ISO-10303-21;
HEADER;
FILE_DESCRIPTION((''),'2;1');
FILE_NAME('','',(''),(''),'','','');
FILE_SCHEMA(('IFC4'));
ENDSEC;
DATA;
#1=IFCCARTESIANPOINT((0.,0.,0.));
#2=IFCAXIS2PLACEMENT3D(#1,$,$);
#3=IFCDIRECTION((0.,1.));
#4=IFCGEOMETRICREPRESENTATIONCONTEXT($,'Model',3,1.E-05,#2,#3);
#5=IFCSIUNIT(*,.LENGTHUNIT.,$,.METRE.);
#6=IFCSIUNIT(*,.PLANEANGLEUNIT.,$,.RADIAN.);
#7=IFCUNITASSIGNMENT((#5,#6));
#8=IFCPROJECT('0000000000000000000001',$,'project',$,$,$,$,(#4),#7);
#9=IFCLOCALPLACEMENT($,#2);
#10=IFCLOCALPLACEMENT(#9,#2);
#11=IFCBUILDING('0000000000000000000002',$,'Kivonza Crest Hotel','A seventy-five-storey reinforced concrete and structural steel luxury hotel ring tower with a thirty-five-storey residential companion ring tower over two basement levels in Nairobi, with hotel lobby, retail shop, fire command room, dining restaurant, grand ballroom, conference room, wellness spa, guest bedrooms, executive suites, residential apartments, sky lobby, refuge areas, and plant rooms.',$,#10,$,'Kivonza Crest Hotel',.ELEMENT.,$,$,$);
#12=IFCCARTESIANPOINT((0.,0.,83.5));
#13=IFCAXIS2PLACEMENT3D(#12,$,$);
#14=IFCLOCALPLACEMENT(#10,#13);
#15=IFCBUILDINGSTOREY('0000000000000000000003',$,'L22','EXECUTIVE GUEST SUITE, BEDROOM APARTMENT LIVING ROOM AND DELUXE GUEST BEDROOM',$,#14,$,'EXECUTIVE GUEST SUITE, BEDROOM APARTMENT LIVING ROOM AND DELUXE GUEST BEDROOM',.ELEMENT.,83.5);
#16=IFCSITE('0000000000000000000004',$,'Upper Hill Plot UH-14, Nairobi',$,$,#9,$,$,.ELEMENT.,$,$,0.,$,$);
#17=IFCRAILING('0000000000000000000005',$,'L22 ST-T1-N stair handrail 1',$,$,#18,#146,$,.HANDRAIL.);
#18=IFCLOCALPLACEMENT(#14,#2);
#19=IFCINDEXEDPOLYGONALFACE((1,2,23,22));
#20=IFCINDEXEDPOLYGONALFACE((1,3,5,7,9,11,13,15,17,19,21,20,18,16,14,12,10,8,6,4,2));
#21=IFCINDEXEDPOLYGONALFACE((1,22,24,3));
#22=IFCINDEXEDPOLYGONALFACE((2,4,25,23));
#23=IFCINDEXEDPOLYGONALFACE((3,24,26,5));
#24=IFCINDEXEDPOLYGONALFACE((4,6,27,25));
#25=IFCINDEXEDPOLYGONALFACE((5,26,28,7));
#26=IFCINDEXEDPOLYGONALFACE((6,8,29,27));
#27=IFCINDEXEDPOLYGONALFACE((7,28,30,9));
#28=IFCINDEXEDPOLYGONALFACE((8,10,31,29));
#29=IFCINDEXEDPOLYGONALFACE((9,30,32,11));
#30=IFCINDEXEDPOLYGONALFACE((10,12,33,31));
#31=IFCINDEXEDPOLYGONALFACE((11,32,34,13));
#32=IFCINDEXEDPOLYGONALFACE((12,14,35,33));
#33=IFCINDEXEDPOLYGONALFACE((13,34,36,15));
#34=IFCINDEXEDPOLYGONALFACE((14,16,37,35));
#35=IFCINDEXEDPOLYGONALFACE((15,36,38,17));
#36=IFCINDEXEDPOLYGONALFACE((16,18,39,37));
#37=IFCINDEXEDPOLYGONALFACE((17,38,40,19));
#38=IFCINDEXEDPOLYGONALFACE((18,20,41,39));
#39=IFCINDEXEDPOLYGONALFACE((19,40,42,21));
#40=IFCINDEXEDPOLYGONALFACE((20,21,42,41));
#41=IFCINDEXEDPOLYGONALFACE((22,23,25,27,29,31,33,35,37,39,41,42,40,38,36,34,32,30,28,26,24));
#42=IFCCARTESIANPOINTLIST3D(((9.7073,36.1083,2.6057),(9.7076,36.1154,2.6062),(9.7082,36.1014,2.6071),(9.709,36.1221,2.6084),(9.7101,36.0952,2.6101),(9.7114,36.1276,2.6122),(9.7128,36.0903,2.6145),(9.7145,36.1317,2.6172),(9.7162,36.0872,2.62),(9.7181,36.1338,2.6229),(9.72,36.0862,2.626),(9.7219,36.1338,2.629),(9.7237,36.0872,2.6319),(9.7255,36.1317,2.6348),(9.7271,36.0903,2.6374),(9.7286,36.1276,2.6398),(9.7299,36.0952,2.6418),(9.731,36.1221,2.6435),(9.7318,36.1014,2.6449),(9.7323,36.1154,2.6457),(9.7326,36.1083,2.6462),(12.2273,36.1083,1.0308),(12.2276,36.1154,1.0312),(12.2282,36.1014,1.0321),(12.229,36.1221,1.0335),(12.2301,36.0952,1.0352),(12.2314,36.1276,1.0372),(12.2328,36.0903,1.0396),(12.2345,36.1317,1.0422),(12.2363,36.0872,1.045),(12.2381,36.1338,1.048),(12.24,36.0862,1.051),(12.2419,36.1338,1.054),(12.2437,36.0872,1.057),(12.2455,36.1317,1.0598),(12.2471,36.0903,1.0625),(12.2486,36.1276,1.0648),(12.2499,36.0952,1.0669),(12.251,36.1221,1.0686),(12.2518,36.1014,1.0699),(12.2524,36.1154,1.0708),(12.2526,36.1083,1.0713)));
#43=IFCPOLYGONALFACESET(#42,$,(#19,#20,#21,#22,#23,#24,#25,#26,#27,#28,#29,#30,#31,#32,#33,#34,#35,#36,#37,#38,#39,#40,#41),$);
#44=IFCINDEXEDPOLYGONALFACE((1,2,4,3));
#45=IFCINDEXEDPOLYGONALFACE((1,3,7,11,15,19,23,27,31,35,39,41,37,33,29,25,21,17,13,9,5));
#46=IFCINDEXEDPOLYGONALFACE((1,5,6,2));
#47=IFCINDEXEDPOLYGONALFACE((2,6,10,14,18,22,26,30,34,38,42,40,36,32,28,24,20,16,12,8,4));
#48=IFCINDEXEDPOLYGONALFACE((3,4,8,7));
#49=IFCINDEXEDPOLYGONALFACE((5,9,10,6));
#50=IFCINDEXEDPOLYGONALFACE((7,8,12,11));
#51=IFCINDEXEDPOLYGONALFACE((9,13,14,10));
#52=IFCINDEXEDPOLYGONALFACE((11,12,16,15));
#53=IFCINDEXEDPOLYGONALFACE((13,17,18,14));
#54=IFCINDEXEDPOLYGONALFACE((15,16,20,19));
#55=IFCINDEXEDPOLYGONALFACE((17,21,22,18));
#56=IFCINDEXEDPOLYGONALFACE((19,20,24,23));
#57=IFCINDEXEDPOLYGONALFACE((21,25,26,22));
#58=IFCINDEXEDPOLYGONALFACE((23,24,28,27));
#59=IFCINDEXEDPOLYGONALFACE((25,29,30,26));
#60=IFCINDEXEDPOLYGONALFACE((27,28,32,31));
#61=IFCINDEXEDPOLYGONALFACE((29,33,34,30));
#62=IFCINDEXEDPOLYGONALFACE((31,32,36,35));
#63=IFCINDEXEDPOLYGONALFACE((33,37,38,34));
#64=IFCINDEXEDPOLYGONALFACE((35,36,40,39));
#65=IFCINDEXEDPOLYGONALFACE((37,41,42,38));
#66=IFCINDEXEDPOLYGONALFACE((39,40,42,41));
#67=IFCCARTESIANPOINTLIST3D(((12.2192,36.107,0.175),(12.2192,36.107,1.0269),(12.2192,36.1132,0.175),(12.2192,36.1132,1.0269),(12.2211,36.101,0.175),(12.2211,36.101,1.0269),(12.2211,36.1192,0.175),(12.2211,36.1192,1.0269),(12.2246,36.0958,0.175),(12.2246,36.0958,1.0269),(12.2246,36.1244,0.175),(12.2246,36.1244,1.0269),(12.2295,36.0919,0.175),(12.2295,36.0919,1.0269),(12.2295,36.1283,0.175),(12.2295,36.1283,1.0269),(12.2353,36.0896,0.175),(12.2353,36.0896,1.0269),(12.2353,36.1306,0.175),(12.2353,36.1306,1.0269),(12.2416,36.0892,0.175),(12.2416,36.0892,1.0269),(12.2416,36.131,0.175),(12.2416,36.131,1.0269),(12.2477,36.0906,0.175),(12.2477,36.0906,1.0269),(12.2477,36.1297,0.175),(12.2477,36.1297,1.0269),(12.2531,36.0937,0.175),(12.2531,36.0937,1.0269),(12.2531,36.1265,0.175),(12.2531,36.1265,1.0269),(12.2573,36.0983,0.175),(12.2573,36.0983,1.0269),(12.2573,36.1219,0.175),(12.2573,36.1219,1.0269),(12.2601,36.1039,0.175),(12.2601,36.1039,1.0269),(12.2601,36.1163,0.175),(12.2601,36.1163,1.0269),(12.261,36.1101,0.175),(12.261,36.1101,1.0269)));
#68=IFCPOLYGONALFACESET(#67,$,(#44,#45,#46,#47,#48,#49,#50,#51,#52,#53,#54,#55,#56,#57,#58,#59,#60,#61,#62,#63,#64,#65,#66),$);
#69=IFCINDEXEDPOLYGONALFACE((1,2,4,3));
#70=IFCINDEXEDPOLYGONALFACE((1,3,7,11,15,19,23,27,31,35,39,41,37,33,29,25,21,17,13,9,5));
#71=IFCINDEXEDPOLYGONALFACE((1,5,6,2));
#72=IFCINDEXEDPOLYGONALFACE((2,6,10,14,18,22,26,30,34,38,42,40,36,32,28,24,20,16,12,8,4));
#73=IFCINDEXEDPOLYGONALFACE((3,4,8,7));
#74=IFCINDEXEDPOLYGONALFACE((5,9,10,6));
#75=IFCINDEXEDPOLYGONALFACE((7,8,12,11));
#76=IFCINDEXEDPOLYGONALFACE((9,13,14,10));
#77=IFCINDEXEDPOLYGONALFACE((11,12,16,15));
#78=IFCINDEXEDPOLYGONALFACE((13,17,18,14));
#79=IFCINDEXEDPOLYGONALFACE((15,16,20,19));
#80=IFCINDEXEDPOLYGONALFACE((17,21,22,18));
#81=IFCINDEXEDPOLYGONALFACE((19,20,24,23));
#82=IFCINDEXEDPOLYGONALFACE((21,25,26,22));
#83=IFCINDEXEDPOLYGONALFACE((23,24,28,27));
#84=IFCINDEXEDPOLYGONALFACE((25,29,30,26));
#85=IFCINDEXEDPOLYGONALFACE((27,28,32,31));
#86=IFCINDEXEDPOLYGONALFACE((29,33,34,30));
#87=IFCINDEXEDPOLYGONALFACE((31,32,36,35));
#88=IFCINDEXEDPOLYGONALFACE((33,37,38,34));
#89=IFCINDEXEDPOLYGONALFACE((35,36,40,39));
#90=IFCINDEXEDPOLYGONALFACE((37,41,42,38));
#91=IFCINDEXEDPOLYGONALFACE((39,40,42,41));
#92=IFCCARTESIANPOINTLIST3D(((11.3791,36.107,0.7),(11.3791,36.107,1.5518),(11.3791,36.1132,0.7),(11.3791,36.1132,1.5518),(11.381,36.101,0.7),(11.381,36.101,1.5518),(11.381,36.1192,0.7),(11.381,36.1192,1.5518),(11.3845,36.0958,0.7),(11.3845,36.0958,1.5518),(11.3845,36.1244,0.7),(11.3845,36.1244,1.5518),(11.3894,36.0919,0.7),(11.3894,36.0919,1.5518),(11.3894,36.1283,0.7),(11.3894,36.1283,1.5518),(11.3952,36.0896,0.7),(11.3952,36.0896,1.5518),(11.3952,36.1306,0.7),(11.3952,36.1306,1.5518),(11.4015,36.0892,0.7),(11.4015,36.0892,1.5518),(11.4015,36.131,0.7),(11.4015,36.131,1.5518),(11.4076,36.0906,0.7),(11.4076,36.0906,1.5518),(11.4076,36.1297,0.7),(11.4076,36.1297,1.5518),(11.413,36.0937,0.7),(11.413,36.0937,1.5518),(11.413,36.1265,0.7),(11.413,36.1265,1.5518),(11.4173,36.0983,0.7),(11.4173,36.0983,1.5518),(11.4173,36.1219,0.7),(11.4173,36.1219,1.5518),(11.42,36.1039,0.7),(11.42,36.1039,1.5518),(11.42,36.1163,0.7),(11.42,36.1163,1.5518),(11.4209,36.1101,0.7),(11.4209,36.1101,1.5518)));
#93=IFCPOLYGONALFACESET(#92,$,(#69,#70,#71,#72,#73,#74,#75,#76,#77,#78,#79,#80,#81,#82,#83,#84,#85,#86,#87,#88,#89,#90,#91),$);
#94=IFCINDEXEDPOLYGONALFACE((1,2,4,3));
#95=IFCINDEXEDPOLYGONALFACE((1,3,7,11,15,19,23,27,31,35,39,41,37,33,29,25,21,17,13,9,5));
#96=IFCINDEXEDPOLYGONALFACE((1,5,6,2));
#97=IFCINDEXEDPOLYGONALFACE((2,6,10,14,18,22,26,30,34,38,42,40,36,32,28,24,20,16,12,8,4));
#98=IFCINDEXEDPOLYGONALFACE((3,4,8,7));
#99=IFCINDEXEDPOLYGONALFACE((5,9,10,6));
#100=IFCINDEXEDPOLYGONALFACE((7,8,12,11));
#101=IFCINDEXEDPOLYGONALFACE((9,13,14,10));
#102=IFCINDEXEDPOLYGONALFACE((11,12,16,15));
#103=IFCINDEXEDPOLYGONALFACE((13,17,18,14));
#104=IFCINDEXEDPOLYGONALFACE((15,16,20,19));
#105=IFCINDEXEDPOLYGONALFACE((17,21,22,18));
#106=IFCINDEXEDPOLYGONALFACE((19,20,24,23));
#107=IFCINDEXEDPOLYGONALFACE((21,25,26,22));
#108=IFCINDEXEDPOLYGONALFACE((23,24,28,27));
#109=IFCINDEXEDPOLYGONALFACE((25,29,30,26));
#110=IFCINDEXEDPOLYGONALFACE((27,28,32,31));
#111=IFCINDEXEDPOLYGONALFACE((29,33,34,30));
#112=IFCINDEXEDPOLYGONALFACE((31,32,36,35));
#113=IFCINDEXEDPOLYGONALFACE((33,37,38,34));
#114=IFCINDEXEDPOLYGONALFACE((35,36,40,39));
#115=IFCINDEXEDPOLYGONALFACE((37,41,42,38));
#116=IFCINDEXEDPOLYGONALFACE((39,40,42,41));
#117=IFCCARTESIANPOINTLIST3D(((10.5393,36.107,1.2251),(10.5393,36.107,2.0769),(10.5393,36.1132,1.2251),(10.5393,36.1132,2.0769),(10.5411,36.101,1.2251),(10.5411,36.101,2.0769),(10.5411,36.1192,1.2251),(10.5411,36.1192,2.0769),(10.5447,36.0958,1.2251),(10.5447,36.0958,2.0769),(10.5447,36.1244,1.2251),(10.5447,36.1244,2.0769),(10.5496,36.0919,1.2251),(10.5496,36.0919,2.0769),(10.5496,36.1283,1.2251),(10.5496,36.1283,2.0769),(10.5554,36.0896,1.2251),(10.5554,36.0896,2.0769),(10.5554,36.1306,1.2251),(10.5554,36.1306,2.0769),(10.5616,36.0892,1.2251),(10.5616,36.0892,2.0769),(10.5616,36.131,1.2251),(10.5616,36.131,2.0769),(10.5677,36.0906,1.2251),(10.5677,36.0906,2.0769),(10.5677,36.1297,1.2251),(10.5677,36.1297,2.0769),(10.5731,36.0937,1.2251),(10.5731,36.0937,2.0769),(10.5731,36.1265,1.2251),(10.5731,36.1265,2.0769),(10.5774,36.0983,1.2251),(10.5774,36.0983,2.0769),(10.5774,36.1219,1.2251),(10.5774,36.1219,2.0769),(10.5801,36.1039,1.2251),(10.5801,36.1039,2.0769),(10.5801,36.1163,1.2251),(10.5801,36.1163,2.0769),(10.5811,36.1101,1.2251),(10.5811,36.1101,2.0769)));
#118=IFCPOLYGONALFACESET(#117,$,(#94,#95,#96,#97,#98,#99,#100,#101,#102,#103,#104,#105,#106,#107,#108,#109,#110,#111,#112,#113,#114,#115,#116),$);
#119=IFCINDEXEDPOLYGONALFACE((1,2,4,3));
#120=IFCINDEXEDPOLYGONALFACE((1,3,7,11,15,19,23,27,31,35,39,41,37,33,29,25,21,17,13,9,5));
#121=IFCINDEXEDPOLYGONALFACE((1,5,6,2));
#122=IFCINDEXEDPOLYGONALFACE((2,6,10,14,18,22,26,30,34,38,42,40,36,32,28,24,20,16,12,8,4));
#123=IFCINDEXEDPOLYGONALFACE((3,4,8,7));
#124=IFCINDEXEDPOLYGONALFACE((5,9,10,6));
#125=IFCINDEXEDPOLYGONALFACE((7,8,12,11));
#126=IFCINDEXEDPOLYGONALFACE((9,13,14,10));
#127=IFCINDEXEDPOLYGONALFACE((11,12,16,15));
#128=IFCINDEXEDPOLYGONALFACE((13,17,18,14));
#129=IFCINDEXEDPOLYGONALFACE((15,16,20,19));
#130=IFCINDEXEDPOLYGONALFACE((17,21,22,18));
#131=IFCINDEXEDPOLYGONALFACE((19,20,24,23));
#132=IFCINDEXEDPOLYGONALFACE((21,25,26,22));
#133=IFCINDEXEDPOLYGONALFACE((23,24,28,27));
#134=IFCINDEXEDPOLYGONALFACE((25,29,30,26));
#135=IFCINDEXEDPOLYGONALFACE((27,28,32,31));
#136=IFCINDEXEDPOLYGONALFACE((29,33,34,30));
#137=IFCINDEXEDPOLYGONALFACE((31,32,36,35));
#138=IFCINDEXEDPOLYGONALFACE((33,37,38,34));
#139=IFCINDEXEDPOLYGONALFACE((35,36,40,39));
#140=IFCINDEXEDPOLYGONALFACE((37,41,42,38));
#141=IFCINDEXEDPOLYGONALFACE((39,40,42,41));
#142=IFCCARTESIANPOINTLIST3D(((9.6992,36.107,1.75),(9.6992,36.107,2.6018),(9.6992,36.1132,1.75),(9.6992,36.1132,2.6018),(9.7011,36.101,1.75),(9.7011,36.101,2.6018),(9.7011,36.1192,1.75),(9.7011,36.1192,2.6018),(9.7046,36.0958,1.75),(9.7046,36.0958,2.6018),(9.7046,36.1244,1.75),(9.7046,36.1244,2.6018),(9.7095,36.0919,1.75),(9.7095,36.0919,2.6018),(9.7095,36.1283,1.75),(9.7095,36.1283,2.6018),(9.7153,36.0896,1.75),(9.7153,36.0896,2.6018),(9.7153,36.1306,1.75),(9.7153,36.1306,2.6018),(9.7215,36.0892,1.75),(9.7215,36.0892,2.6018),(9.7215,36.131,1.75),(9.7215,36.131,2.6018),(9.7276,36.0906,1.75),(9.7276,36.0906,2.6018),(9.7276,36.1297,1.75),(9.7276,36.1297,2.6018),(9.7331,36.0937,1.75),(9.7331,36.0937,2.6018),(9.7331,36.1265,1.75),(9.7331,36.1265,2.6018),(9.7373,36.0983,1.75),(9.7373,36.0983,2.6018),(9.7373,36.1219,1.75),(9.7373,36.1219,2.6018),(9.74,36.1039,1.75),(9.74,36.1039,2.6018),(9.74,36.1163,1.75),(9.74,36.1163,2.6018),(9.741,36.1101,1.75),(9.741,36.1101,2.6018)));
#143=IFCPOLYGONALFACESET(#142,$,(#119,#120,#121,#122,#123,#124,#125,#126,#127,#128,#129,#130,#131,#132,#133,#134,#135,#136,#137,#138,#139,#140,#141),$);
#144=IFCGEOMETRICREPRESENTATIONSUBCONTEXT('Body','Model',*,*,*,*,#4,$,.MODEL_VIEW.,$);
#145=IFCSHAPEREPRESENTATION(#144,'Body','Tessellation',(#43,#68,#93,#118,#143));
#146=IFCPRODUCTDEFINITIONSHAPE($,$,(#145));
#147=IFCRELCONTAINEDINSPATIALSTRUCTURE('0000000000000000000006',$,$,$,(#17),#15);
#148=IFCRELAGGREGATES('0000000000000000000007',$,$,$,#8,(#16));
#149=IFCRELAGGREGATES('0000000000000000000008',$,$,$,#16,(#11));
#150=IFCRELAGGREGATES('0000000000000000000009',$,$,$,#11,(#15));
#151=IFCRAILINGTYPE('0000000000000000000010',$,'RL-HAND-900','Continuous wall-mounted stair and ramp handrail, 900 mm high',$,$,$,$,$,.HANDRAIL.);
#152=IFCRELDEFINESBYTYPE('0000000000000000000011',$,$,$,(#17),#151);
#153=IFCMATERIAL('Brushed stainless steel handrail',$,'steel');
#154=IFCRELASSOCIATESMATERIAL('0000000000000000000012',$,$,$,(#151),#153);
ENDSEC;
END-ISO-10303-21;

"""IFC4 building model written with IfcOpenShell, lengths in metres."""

from ifc_helpers import new_model, si_unit, direction, frame, origin, origin_2d, place, context, subcontext, project, spatial, circle, extrude, material, type_object, element, save


model = new_model("IFC4")

# Units and contexts
model_context = context("Model", 3, precision=1e-05, world=origin(), true_north=direction((0.0, 1.0)))
body_context = subcontext(model_context, "Body", "Model", "MODEL_VIEW")
ifc_project = project(units=[si_unit("LENGTHUNIT", "METRE"), si_unit("PLANEANGLEUNIT", "RADIAN")], contexts=[model_context])

# Site, building, storey
site_placement = place(None, origin())
site = spatial("IfcSite", under=ifc_project, at=site_placement, Name="Upper Hill Plot UH-14, Nairobi", CompositionType="ELEMENT", RefElevation=0.0)
building_placement = place(site_placement, origin())
building = spatial("IfcBuilding", under=site, at=building_placement, Name="Kivonza Crest Hotel", Description="A seventy-five-storey reinforced concrete and structural steel luxury hotel ring tower with a thirty-five-storey residential companion ring tower over two basement levels in Nairobi, with hotel lobby, retail shop, fire command room, dining restaurant, grand ballroom, conference room, wellness spa, guest bedrooms, executive suites, residential apartments, sky lobby, refuge areas, and plant rooms.", LongName="Kivonza Crest Hotel", CompositionType="ELEMENT")
storey_placement = place(building_placement, frame((0.0, 0.0, 83.5)))
storey = spatial("IfcBuildingStorey", under=building, at=storey_placement, Name="L22", Description="EXECUTIVE GUEST SUITE, BEDROOM APARTMENT LIVING ROOM AND DELUXE GUEST BEDROOM", LongName="EXECUTIVE GUEST SUITE, BEDROOM APARTMENT LIVING ROOM AND DELUXE GUEST BEDROOM", CompositionType="ELEMENT", Elevation=83.5)

# Railing
ifc_material_1 = material(Name="Brushed stainless steel handrail", Category="steel")
railing_type_1 = type_object("IfcRailingType", Name="RL-HAND-900", Description="Continuous wall-mounted stair and ramp handrail, 900 mm high", PredefinedType="HANDRAIL", material=ifc_material_1)
railing_1_placement = place(storey_placement, frame((12.24, 36.1101, 0.175)))
element("IfcRailing", 1, at=railing_1_placement, inside=storey, type_object=railing_type_1, Name="L22 ST-T1-N stair handrail 1", PredefinedType="HANDRAIL", context=body_context, shape_type="SweptSolid", body=[
    extrude(circle(Radius=0.0239, at=origin_2d()), frame((0.0, 0.0, 0.876), z_axis=(-0.848008, 0.0, 0.529984), x_axis=(0.0, -1.0, 0.0)), (0.0, 0.0, 1.0), 2.9717),
    extrude(circle(Radius=0.021, at=origin_2d()), origin(), (0.0, 0.0, 1.0), 0.8518),
    extrude(circle(Radius=0.021, at=origin_2d()), frame((-0.8401, 0.0, 0.5249)), (0.0, 0.0, 1.0), 0.8518),
    extrude(circle(Radius=0.021, at=origin_2d()), frame((-1.6799, 0.0, 1.05)), (0.0, 0.0, 1.0), 0.8518),
    extrude(circle(Radius=0.021, at=origin_2d()), frame((-2.52, 0.0, 1.575)), (0.0, 0.0, 1.0), 0.8518),
])

save(model, "model.ifc")
